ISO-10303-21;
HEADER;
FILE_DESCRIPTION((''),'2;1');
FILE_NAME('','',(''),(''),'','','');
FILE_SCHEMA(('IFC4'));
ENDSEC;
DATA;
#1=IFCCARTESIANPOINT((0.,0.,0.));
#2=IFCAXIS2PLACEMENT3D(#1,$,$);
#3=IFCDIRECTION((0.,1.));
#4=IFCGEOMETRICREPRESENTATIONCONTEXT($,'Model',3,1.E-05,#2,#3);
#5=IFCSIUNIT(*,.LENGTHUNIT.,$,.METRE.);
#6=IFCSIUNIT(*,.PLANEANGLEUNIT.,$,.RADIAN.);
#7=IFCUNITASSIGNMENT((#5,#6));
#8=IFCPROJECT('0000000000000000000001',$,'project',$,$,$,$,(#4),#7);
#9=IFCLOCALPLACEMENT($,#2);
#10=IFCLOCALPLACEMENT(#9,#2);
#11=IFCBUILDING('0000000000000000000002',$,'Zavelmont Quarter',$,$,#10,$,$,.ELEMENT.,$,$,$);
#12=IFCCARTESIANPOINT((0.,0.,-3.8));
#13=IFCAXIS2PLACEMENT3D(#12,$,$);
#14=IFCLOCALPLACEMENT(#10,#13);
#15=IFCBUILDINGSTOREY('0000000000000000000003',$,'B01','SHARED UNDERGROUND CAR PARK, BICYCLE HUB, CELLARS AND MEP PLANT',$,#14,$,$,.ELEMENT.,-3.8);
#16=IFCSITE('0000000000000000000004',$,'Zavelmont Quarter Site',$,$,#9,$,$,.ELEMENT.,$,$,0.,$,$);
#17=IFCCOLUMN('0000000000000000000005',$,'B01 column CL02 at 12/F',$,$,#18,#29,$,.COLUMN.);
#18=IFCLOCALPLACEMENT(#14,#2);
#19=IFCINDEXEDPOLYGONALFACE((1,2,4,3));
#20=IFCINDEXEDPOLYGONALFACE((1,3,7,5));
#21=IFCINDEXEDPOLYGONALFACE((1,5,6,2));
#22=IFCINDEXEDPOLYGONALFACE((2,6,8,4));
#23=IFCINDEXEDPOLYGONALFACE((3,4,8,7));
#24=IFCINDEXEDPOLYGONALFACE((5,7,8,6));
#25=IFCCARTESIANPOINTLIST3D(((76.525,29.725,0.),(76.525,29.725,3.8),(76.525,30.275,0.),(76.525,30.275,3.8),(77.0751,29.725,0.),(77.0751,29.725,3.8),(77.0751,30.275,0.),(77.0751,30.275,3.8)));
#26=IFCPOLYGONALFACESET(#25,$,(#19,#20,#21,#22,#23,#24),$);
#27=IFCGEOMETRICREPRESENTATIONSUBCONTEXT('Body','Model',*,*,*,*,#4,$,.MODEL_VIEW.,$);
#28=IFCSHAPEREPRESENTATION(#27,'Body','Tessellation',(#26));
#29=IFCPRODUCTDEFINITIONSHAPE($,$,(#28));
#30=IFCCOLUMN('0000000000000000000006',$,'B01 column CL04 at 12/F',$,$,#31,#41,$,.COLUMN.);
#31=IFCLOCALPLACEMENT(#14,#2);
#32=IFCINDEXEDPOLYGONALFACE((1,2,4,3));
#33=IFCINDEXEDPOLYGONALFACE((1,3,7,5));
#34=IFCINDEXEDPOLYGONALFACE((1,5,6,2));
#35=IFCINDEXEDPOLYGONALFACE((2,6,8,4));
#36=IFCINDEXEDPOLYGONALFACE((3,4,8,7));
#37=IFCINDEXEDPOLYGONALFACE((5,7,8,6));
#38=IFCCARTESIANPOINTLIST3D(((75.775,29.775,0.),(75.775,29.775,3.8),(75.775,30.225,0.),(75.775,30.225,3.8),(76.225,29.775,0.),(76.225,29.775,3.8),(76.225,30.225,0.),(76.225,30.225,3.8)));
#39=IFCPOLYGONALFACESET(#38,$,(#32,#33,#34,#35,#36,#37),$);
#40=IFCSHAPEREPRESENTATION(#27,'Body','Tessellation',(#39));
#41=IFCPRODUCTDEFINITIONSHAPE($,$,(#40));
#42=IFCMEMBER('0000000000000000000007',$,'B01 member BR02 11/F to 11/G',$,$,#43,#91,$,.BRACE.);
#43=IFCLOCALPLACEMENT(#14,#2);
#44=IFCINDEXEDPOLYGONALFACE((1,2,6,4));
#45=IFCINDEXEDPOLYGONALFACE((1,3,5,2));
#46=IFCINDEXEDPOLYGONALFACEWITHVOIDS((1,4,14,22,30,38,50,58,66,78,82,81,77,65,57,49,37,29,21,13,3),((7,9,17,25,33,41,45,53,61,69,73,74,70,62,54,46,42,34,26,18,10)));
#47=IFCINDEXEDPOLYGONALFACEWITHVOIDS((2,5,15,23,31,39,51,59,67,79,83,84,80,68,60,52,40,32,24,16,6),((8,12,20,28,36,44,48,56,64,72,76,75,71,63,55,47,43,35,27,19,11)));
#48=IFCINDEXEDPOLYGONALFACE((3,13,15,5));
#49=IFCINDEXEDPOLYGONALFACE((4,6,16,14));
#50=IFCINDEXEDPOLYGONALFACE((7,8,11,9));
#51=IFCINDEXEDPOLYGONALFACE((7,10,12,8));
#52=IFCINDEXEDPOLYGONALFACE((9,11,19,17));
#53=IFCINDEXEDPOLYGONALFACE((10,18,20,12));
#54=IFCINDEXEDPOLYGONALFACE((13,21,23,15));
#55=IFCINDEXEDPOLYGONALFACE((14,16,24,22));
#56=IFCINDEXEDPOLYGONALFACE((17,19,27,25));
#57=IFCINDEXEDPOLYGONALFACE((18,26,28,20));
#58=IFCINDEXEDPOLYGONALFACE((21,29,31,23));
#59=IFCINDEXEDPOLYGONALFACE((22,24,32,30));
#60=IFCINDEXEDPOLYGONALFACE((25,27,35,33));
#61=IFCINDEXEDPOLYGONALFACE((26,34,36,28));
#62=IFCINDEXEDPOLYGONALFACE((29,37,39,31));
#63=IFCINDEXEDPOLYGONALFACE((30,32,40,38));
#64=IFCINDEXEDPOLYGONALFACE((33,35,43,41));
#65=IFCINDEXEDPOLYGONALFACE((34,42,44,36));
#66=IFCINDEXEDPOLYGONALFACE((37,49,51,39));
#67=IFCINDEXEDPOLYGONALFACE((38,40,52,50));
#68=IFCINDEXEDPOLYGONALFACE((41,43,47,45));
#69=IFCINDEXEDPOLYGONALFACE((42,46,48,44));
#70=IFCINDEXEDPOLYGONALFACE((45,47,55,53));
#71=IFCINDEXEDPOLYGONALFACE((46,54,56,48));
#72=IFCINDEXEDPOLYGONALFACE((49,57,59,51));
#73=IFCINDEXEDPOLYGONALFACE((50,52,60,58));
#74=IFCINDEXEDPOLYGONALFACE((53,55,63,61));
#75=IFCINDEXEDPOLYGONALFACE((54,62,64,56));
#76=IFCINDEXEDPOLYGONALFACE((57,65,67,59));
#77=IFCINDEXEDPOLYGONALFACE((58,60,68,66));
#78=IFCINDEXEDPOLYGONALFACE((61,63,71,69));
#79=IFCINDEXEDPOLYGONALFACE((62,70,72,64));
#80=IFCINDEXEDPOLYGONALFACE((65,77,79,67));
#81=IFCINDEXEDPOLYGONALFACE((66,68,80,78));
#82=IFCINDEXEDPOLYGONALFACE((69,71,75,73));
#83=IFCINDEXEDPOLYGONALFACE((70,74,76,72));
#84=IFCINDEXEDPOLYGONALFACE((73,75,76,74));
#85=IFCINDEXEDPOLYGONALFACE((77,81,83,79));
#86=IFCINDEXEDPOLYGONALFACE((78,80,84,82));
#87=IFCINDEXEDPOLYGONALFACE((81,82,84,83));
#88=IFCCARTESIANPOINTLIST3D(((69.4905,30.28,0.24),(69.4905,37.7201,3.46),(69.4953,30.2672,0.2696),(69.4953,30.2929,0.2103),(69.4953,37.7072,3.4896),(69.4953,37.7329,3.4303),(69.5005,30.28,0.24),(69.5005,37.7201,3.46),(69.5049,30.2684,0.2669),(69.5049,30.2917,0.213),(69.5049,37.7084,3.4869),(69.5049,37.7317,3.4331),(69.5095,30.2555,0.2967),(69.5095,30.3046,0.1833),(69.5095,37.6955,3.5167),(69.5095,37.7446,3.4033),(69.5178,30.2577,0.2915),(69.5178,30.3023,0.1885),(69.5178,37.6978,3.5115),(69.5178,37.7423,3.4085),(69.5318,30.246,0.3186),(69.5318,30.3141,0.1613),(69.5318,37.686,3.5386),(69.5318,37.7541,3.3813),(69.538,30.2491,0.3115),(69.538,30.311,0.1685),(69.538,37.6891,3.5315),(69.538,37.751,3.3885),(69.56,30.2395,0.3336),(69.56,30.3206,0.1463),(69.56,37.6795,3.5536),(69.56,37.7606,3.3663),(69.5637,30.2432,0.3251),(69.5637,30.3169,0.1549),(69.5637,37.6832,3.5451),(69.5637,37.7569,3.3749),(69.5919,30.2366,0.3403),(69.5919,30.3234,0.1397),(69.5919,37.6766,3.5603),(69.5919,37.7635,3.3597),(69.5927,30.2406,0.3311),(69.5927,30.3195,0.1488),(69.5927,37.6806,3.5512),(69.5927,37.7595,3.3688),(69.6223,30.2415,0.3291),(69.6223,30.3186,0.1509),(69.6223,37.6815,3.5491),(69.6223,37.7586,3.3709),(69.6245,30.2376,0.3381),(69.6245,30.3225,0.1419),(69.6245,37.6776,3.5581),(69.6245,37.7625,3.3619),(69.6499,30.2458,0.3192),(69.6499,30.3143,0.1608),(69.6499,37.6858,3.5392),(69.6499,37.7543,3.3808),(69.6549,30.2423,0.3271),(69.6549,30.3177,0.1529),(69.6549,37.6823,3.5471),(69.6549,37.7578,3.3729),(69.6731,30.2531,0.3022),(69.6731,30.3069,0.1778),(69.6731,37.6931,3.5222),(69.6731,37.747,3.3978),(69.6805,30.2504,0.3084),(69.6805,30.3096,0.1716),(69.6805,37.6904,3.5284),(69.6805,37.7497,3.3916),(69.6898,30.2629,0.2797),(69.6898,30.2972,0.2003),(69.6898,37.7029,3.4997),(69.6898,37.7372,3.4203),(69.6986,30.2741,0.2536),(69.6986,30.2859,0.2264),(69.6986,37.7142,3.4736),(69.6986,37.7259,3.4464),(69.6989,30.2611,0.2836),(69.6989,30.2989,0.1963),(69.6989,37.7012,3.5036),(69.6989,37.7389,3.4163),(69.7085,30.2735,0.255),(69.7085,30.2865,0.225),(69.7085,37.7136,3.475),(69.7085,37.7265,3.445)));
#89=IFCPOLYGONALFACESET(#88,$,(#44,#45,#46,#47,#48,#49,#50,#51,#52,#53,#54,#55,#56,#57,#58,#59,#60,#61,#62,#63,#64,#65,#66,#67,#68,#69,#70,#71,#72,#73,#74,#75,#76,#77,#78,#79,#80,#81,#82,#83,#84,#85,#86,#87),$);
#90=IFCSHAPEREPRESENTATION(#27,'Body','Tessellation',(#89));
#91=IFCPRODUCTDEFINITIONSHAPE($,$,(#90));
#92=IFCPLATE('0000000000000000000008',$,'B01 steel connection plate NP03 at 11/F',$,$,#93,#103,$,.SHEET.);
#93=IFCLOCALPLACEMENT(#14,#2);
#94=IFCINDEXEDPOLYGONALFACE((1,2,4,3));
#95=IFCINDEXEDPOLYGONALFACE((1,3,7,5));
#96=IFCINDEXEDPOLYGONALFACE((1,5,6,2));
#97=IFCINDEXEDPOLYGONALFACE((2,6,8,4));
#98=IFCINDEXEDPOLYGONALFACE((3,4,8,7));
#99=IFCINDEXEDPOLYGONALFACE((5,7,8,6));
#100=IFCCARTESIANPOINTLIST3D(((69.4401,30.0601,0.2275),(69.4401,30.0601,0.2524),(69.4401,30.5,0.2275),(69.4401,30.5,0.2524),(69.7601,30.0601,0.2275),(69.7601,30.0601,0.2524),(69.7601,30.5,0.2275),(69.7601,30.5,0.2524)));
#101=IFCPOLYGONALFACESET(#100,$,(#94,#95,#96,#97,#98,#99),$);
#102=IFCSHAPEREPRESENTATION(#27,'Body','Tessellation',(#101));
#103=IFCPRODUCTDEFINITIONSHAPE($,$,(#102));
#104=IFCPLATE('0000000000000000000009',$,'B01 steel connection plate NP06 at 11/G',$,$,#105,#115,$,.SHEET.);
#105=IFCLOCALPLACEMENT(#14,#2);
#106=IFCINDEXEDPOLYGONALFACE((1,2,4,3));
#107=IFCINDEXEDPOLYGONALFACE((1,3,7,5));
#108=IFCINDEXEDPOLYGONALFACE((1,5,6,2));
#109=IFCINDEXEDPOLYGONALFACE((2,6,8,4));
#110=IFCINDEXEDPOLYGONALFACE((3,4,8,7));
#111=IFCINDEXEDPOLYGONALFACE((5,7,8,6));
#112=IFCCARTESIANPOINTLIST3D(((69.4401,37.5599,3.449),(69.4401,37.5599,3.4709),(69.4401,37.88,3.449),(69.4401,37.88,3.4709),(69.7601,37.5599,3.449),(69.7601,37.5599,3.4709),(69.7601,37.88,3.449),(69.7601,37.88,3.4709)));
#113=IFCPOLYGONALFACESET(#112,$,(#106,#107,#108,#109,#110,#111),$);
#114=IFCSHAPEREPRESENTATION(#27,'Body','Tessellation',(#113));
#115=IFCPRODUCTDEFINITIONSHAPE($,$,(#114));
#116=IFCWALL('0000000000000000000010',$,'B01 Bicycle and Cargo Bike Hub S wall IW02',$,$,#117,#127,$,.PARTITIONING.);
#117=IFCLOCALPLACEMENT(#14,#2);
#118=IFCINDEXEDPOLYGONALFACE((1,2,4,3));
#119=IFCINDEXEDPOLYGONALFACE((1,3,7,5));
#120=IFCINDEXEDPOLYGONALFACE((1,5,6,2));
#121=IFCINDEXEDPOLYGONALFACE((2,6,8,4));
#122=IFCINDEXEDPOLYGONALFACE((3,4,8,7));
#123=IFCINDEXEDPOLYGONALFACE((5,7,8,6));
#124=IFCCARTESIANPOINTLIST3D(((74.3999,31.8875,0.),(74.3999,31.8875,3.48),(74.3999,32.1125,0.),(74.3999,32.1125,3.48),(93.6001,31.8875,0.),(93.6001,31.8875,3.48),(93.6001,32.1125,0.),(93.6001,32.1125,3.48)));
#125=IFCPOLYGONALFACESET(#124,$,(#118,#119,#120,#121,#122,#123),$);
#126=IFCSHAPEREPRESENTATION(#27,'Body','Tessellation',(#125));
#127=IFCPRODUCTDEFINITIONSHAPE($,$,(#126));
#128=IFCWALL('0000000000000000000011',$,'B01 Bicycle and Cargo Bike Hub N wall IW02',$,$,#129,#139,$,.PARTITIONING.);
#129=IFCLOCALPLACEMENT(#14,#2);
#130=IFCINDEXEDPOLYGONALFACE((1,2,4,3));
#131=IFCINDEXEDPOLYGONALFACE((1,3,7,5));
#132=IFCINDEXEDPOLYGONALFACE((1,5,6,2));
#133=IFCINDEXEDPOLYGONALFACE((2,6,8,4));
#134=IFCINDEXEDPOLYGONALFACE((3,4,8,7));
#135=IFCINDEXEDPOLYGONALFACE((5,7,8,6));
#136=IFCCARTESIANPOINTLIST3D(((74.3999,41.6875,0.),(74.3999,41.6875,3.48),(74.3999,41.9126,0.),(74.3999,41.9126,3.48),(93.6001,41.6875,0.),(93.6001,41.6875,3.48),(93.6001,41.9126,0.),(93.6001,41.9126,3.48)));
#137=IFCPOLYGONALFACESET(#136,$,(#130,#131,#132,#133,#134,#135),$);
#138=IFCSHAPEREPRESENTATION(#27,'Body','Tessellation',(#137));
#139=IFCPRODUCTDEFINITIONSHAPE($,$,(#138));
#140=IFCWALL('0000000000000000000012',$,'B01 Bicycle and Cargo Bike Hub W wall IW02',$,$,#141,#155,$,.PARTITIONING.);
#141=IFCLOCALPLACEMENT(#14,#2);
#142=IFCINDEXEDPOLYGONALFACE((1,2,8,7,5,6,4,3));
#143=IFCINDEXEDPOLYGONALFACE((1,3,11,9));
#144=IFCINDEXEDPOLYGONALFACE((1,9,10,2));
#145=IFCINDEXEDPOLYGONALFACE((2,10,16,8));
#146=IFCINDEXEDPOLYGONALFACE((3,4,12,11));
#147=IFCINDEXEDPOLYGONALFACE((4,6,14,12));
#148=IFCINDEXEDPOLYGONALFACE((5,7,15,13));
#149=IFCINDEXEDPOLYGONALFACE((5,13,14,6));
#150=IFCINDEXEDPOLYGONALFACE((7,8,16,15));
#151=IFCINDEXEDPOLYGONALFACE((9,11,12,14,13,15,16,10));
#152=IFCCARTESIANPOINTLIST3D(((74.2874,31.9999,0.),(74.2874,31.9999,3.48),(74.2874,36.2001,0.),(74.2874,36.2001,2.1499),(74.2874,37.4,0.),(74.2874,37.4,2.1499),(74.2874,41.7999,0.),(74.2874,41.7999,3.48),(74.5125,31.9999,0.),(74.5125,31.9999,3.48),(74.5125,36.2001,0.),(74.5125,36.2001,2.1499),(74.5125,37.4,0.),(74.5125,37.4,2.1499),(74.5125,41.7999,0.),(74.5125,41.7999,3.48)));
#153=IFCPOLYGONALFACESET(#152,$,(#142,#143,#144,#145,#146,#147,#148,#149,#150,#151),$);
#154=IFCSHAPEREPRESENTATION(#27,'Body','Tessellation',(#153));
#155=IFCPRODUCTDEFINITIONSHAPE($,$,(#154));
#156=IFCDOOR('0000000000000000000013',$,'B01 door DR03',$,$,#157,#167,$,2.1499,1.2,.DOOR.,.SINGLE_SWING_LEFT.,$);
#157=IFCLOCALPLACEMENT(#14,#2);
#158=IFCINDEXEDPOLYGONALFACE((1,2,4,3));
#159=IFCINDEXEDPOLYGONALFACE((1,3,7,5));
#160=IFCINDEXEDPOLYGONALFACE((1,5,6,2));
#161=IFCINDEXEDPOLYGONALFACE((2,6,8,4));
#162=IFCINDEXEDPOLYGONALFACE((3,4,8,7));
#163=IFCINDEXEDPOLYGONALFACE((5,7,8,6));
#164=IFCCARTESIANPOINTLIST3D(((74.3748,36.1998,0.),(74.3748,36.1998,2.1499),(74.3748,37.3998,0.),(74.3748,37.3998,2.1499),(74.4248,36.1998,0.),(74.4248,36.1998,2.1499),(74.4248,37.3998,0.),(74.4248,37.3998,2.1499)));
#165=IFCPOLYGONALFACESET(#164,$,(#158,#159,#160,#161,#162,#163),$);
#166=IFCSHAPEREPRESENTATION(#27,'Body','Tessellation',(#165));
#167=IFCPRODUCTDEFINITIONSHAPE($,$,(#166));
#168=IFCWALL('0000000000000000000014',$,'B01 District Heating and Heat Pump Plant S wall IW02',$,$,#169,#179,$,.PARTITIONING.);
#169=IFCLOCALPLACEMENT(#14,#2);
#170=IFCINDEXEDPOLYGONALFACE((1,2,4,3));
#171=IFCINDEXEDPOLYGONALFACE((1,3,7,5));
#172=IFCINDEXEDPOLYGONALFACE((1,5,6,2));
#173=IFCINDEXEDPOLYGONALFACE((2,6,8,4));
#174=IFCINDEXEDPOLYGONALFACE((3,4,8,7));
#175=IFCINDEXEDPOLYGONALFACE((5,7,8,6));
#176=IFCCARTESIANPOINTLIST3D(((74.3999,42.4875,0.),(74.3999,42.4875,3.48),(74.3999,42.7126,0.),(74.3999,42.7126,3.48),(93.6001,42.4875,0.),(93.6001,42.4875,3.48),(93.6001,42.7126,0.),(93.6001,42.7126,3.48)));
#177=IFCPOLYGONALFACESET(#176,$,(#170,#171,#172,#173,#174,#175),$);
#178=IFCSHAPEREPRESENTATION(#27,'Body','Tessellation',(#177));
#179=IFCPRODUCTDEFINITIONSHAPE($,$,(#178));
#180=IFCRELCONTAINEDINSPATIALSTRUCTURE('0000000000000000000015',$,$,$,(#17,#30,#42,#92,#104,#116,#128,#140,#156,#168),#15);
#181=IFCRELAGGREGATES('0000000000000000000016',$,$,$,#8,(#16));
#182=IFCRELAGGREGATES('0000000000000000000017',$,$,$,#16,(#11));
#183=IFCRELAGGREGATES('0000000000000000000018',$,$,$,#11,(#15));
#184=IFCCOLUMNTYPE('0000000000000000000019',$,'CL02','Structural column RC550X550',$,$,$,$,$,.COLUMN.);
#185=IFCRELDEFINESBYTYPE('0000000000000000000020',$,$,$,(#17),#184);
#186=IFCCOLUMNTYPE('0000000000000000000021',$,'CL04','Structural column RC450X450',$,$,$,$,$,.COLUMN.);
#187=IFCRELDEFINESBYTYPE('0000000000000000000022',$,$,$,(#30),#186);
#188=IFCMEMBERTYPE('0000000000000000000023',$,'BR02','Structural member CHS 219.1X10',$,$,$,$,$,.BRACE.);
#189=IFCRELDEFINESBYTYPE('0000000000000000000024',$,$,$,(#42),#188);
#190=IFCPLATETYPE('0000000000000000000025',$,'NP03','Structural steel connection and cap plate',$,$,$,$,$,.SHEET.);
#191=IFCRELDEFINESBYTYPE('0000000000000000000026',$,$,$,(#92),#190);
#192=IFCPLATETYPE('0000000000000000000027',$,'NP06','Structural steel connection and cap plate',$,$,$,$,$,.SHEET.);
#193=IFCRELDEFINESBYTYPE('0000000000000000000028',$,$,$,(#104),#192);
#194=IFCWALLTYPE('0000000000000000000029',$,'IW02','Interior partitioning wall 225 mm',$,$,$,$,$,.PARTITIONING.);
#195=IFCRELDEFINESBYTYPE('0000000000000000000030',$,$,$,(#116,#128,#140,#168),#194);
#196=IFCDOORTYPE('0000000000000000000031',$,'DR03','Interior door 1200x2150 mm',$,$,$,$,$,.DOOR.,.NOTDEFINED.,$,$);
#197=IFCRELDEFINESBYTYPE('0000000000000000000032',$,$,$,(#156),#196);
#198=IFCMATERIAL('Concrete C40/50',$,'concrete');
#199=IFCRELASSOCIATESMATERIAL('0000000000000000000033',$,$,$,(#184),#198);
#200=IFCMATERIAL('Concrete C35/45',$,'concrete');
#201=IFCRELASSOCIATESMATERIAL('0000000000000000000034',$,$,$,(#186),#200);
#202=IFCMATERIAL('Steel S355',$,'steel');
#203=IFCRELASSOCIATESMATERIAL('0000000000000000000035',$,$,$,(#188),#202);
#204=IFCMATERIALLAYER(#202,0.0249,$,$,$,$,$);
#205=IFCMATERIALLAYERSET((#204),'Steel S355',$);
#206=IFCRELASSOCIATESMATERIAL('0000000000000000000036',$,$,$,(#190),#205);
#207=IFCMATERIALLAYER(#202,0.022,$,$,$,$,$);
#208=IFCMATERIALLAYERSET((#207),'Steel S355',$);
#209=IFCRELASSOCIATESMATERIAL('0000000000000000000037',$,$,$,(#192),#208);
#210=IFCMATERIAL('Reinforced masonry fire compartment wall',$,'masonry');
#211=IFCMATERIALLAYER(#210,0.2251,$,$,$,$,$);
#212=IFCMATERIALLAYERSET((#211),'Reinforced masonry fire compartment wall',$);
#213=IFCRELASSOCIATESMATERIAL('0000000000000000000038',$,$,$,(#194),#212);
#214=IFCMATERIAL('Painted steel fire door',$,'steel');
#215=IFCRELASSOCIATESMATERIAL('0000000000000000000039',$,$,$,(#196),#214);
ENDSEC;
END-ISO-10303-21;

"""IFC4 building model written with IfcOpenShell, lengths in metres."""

from ifc_helpers import new_model, si_unit, direction, frame, frame_2d, origin, origin_2d, place, context, subcontext, project, spatial, rectangle, hollow_circle, extrude, material, layer, layer_set, material_profile, profile_set, type_object, element, fill, save


model = new_model("IFC4")

# Units and contexts
model_context = context("Model", 3, precision=1e-05, world=origin(), true_north=direction((0.0, 1.0)))
body_context = subcontext(model_context, "Body", "Model", "MODEL_VIEW")
ifc_project = project(units=[si_unit("LENGTHUNIT", "METRE"), si_unit("PLANEANGLEUNIT", "RADIAN")], contexts=[model_context])

# Site, building, storey
site_placement = place(None, origin())
site = spatial("IfcSite", under=ifc_project, at=site_placement, Name="Zavelmont Quarter Site", CompositionType="ELEMENT", RefElevation=0.0)
building_placement = place(site_placement, origin())
building = spatial("IfcBuilding", under=site, at=building_placement, Name="Zavelmont Quarter", CompositionType="ELEMENT")
storey_placement = place(building_placement, frame((0.0, 0.0, -3.8)))
storey = spatial("IfcBuildingStorey", under=building, at=storey_placement, Name="B01", Description="SHARED UNDERGROUND CAR PARK, BICYCLE HUB, CELLARS AND MEP PLANT", CompositionType="ELEMENT", Elevation=-3.8)

# Shared definitions
ifc_material_1 = material(Name="Concrete C35/45", Category="concrete")

# Columns
ifc_material_2 = material(Name="Concrete C40/50", Category="concrete")
ifc_material_profile_1 = material_profile(ifc_material_2, rectangle(XDim=0.55, YDim=0.55, at=origin_2d()), Name="RC550X550")
ifc_profile_set_1 = profile_set([ifc_material_profile_1], Name="Concrete C40/50")
column_type_1 = type_object("IfcColumnType", Name="CL02", Description="Structural column RC550X550", PredefinedType="COLUMN", material=ifc_profile_set_1)
for number, where, z_axis, x_axis, name in (
    (1, (76.8, 30.0, 0.0), (0.0, 0.0, 1.0), (1.0, 0.0, 0.0), "B01 column CL02 at 12/F"),
):
    element("IfcColumn", number, at=place(storey_placement, frame(where, z_axis=z_axis, x_axis=x_axis)), inside=storey, type_object=column_type_1, Name=name, PredefinedType="COLUMN", context=body_context, shape_type="SweptSolid", body=[
        extrude(rectangle(XDim=0.55, YDim=0.55, at=origin_2d()), origin(), (0.0, 0.0, 1.0), 3.8),
    ])
ifc_material_profile_2 = material_profile(ifc_material_1, rectangle(XDim=0.45, YDim=0.45, at=origin_2d()), Name="RC450X450")
ifc_profile_set_2 = profile_set([ifc_material_profile_2], Name="Concrete C35/45")
column_type_2 = type_object("IfcColumnType", Name="CL04", Description="Structural column RC450X450", PredefinedType="COLUMN", material=ifc_profile_set_2)
column_placement = place(storey_placement, frame((76.0, 30.0, 0.0), z_axis=(0.0, 0.0, 1.0), x_axis=(1.0, 0.0, 0.0)))
element("IfcColumn", 2, at=column_placement, inside=storey, type_object=column_type_2, Name="B01 column CL04 at 12/F", PredefinedType="COLUMN", context=body_context, shape_type="SweptSolid", body=[
    extrude(rectangle(XDim=0.45, YDim=0.45, at=origin_2d()), origin(), (0.0, 0.0, 1.0), 3.8),
])

# Member
ifc_material_3 = material(Name="Steel S355", Category="steel")
ifc_material_profile_3 = material_profile(ifc_material_3, hollow_circle(Radius=0.1096, WallThickness=0.01, at=origin_2d()), Name="CHS 219.1X10")
ifc_profile_set_3 = profile_set([ifc_material_profile_3], Name="Steel S355")
member_type = type_object("IfcMemberType", Name="BR02", Description="Structural member CHS 219.1X10", PredefinedType="BRACE", material=ifc_profile_set_3)
member_placement = place(storey_placement, frame((69.6001, 30.28, 0.24), z_axis=(0.0, 0.917736, 0.397192), x_axis=(-1.0, 0.0, 0.0)))
element("IfcMember", 3, at=member_placement, inside=storey, type_object=member_type, Name="B01 member BR02 11/F to 11/G", PredefinedType="BRACE", context=body_context, shape_type="SweptSolid", body=[
    extrude(hollow_circle(Radius=0.1096, WallThickness=0.01, at=origin_2d()), origin(), (0.0, 0.0, 1.0), 8.1069),
])

# Plates
ifc_layer_1 = layer(ifc_material_3, 0.0249)
ifc_layer_set_1 = layer_set([ifc_layer_1], Name="Steel S355")
plate_type_1 = type_object("IfcPlateType", Name="NP03", Description="Structural steel connection and cap plate", PredefinedType="SHEET", material=ifc_layer_set_1)
plate_1_placement = place(storey_placement, frame((69.6001, 30.28, 0.2275), z_axis=(0.0, 0.0, 1.0), x_axis=(0.0, 1.0, 0.0)))
element("IfcPlate", 4, at=plate_1_placement, inside=storey, type_object=plate_type_1, Name="B01 steel connection plate NP03 at 11/F", PredefinedType="SHEET", context=body_context, shape_type="SweptSolid", body=[
    extrude(rectangle(XDim=0.4399, YDim=0.3201, at=origin_2d()), origin(), (0.0, 0.0, 1.0), 0.0249),
])
ifc_layer_2 = layer(ifc_material_3, 0.022)
ifc_layer_set_2 = layer_set([ifc_layer_2], Name="Steel S355")
plate_type_2 = type_object("IfcPlateType", Name="NP06", Description="Structural steel connection and cap plate", PredefinedType="SHEET", material=ifc_layer_set_2)
plate_2_placement = place(storey_placement, frame((69.6001, 37.72, 3.449), z_axis=(0.0, 0.0, 1.0), x_axis=(0.0, 1.0, 0.0)))
element("IfcPlate", 5, at=plate_2_placement, inside=storey, type_object=plate_type_2, Name="B01 steel connection plate NP06 at 11/G", PredefinedType="SHEET", context=body_context, shape_type="SweptSolid", body=[
    extrude(rectangle(XDim=0.3201, YDim=0.3201, at=origin_2d()), origin(), (0.0, 0.0, 1.0), 0.022),
])

# Walls
ifc_material_4 = material(Name="Reinforced masonry fire compartment wall", Category="masonry")
ifc_layer_3 = layer(ifc_material_4, 0.2251)
ifc_layer_set_3 = layer_set([ifc_layer_3], Name="Reinforced masonry fire compartment wall")
wall_type = type_object("IfcWallType", Name="IW02", Description="Interior partitioning wall 225 mm", PredefinedType="PARTITIONING", material=ifc_layer_set_3)
for number, where, z_axis, x_axis, name in (
    (6, (74.3999, 32.0, 0.0), (0.0, 0.0, 1.0), (1.0, 0.0, 0.0), "B01 Bicycle and Cargo Bike Hub S wall IW02"),
    (7, (74.3999, 41.8, 0.0), (0.0, 0.0, 1.0), (1.0, 0.0, 0.0), "B01 Bicycle and Cargo Bike Hub N wall IW02"),
):
    element("IfcWall", number, at=place(storey_placement, frame(where, z_axis=z_axis, x_axis=x_axis)), inside=storey, type_object=wall_type, Name=name, PredefinedType="PARTITIONING", context=body_context, shape_type="SweptSolid", body=[
        extrude(rectangle(XDim=19.2002, YDim=0.2251, at=frame_2d((9.6001, 0.0))), origin(), (0.0, 0.0, 1.0), 3.48),
    ])

# Wall, opening, door
wall_1_placement = place(storey_placement, frame((74.3999, 32.0, 0.0), z_axis=(0.0, 0.0, 1.0), x_axis=(0.0, 1.0, 0.0)))
wall_1 = element("IfcWall", 8, at=wall_1_placement, inside=storey, type_object=wall_type, Name="B01 Bicycle and Cargo Bike Hub W wall IW02", PredefinedType="PARTITIONING", context=body_context, shape_type="SweptSolid", body=[
    extrude(rectangle(XDim=9.8, YDim=0.2251, at=frame_2d((4.8999, 0.0))), origin(), (0.0, 0.0, 1.0), 3.48),
])
opening_1_placement = place(wall_1_placement, frame((4.2, 0.0, 0.0)))
opening_1 = element("IfcOpeningElement", 9, at=opening_1_placement, cuts=wall_1, PredefinedType="OPENING", context=body_context, shape_type="SweptSolid", body=[
    extrude(rectangle(XDim=1.2, YDim=2.1499, at=frame_2d((0.6001, 1.075))), frame((0.0, 0.1245, 0.0), z_axis=(0.0, -1.0, 0.0), x_axis=(1.0, 0.0, 0.0)), (0.0, 0.0, 1.0), 0.249),
])
ifc_material_5 = material(Name="Painted steel fire door", Category="steel")
door_type = type_object("IfcDoorType", Name="DR03", Description="Interior door 1200x2150 mm", OperationType="NOTDEFINED", PredefinedType="DOOR", material=ifc_material_5)
door_1_placement = place(opening_1_placement, frame((1.2, 0.0, 0.0), z_axis=(0.0, 0.0, 1.0), x_axis=(-1.0, 0.0, 0.0)))
door_1 = element("IfcDoor", 10, at=door_1_placement, inside=storey, type_object=door_type, Name="B01 door DR03", OperationType="SINGLE_SWING_LEFT", OverallHeight=2.1499, OverallWidth=1.2, PredefinedType="DOOR", context=body_context, shape_type="SweptSolid", body=[
    extrude(rectangle(XDim=1.2, YDim=2.1499, at=frame_2d((0.6001, 1.075))), frame((0.0, 0.0249, 0.0), z_axis=(0.0, -1.0, 0.0), x_axis=(1.0, 0.0, 0.0)), (0.0, 0.0, 1.0), 0.05),
])
fill(opening_1, door_1)

# Wall
wall_2_placement = place(storey_placement, frame((74.3999, 42.6001, 0.0), z_axis=(0.0, 0.0, 1.0), x_axis=(1.0, 0.0, 0.0)))
element("IfcWall", 11, at=wall_2_placement, inside=storey, type_object=wall_type, Name="B01 District Heating and Heat Pump Plant S wall IW02", PredefinedType="PARTITIONING", context=body_context, shape_type="SweptSolid", body=[
    extrude(rectangle(XDim=19.2002, YDim=0.2251, at=frame_2d((9.6001, 0.0))), origin(), (0.0, 0.0, 1.0), 3.48),
])

save(model, "model.ifc")
